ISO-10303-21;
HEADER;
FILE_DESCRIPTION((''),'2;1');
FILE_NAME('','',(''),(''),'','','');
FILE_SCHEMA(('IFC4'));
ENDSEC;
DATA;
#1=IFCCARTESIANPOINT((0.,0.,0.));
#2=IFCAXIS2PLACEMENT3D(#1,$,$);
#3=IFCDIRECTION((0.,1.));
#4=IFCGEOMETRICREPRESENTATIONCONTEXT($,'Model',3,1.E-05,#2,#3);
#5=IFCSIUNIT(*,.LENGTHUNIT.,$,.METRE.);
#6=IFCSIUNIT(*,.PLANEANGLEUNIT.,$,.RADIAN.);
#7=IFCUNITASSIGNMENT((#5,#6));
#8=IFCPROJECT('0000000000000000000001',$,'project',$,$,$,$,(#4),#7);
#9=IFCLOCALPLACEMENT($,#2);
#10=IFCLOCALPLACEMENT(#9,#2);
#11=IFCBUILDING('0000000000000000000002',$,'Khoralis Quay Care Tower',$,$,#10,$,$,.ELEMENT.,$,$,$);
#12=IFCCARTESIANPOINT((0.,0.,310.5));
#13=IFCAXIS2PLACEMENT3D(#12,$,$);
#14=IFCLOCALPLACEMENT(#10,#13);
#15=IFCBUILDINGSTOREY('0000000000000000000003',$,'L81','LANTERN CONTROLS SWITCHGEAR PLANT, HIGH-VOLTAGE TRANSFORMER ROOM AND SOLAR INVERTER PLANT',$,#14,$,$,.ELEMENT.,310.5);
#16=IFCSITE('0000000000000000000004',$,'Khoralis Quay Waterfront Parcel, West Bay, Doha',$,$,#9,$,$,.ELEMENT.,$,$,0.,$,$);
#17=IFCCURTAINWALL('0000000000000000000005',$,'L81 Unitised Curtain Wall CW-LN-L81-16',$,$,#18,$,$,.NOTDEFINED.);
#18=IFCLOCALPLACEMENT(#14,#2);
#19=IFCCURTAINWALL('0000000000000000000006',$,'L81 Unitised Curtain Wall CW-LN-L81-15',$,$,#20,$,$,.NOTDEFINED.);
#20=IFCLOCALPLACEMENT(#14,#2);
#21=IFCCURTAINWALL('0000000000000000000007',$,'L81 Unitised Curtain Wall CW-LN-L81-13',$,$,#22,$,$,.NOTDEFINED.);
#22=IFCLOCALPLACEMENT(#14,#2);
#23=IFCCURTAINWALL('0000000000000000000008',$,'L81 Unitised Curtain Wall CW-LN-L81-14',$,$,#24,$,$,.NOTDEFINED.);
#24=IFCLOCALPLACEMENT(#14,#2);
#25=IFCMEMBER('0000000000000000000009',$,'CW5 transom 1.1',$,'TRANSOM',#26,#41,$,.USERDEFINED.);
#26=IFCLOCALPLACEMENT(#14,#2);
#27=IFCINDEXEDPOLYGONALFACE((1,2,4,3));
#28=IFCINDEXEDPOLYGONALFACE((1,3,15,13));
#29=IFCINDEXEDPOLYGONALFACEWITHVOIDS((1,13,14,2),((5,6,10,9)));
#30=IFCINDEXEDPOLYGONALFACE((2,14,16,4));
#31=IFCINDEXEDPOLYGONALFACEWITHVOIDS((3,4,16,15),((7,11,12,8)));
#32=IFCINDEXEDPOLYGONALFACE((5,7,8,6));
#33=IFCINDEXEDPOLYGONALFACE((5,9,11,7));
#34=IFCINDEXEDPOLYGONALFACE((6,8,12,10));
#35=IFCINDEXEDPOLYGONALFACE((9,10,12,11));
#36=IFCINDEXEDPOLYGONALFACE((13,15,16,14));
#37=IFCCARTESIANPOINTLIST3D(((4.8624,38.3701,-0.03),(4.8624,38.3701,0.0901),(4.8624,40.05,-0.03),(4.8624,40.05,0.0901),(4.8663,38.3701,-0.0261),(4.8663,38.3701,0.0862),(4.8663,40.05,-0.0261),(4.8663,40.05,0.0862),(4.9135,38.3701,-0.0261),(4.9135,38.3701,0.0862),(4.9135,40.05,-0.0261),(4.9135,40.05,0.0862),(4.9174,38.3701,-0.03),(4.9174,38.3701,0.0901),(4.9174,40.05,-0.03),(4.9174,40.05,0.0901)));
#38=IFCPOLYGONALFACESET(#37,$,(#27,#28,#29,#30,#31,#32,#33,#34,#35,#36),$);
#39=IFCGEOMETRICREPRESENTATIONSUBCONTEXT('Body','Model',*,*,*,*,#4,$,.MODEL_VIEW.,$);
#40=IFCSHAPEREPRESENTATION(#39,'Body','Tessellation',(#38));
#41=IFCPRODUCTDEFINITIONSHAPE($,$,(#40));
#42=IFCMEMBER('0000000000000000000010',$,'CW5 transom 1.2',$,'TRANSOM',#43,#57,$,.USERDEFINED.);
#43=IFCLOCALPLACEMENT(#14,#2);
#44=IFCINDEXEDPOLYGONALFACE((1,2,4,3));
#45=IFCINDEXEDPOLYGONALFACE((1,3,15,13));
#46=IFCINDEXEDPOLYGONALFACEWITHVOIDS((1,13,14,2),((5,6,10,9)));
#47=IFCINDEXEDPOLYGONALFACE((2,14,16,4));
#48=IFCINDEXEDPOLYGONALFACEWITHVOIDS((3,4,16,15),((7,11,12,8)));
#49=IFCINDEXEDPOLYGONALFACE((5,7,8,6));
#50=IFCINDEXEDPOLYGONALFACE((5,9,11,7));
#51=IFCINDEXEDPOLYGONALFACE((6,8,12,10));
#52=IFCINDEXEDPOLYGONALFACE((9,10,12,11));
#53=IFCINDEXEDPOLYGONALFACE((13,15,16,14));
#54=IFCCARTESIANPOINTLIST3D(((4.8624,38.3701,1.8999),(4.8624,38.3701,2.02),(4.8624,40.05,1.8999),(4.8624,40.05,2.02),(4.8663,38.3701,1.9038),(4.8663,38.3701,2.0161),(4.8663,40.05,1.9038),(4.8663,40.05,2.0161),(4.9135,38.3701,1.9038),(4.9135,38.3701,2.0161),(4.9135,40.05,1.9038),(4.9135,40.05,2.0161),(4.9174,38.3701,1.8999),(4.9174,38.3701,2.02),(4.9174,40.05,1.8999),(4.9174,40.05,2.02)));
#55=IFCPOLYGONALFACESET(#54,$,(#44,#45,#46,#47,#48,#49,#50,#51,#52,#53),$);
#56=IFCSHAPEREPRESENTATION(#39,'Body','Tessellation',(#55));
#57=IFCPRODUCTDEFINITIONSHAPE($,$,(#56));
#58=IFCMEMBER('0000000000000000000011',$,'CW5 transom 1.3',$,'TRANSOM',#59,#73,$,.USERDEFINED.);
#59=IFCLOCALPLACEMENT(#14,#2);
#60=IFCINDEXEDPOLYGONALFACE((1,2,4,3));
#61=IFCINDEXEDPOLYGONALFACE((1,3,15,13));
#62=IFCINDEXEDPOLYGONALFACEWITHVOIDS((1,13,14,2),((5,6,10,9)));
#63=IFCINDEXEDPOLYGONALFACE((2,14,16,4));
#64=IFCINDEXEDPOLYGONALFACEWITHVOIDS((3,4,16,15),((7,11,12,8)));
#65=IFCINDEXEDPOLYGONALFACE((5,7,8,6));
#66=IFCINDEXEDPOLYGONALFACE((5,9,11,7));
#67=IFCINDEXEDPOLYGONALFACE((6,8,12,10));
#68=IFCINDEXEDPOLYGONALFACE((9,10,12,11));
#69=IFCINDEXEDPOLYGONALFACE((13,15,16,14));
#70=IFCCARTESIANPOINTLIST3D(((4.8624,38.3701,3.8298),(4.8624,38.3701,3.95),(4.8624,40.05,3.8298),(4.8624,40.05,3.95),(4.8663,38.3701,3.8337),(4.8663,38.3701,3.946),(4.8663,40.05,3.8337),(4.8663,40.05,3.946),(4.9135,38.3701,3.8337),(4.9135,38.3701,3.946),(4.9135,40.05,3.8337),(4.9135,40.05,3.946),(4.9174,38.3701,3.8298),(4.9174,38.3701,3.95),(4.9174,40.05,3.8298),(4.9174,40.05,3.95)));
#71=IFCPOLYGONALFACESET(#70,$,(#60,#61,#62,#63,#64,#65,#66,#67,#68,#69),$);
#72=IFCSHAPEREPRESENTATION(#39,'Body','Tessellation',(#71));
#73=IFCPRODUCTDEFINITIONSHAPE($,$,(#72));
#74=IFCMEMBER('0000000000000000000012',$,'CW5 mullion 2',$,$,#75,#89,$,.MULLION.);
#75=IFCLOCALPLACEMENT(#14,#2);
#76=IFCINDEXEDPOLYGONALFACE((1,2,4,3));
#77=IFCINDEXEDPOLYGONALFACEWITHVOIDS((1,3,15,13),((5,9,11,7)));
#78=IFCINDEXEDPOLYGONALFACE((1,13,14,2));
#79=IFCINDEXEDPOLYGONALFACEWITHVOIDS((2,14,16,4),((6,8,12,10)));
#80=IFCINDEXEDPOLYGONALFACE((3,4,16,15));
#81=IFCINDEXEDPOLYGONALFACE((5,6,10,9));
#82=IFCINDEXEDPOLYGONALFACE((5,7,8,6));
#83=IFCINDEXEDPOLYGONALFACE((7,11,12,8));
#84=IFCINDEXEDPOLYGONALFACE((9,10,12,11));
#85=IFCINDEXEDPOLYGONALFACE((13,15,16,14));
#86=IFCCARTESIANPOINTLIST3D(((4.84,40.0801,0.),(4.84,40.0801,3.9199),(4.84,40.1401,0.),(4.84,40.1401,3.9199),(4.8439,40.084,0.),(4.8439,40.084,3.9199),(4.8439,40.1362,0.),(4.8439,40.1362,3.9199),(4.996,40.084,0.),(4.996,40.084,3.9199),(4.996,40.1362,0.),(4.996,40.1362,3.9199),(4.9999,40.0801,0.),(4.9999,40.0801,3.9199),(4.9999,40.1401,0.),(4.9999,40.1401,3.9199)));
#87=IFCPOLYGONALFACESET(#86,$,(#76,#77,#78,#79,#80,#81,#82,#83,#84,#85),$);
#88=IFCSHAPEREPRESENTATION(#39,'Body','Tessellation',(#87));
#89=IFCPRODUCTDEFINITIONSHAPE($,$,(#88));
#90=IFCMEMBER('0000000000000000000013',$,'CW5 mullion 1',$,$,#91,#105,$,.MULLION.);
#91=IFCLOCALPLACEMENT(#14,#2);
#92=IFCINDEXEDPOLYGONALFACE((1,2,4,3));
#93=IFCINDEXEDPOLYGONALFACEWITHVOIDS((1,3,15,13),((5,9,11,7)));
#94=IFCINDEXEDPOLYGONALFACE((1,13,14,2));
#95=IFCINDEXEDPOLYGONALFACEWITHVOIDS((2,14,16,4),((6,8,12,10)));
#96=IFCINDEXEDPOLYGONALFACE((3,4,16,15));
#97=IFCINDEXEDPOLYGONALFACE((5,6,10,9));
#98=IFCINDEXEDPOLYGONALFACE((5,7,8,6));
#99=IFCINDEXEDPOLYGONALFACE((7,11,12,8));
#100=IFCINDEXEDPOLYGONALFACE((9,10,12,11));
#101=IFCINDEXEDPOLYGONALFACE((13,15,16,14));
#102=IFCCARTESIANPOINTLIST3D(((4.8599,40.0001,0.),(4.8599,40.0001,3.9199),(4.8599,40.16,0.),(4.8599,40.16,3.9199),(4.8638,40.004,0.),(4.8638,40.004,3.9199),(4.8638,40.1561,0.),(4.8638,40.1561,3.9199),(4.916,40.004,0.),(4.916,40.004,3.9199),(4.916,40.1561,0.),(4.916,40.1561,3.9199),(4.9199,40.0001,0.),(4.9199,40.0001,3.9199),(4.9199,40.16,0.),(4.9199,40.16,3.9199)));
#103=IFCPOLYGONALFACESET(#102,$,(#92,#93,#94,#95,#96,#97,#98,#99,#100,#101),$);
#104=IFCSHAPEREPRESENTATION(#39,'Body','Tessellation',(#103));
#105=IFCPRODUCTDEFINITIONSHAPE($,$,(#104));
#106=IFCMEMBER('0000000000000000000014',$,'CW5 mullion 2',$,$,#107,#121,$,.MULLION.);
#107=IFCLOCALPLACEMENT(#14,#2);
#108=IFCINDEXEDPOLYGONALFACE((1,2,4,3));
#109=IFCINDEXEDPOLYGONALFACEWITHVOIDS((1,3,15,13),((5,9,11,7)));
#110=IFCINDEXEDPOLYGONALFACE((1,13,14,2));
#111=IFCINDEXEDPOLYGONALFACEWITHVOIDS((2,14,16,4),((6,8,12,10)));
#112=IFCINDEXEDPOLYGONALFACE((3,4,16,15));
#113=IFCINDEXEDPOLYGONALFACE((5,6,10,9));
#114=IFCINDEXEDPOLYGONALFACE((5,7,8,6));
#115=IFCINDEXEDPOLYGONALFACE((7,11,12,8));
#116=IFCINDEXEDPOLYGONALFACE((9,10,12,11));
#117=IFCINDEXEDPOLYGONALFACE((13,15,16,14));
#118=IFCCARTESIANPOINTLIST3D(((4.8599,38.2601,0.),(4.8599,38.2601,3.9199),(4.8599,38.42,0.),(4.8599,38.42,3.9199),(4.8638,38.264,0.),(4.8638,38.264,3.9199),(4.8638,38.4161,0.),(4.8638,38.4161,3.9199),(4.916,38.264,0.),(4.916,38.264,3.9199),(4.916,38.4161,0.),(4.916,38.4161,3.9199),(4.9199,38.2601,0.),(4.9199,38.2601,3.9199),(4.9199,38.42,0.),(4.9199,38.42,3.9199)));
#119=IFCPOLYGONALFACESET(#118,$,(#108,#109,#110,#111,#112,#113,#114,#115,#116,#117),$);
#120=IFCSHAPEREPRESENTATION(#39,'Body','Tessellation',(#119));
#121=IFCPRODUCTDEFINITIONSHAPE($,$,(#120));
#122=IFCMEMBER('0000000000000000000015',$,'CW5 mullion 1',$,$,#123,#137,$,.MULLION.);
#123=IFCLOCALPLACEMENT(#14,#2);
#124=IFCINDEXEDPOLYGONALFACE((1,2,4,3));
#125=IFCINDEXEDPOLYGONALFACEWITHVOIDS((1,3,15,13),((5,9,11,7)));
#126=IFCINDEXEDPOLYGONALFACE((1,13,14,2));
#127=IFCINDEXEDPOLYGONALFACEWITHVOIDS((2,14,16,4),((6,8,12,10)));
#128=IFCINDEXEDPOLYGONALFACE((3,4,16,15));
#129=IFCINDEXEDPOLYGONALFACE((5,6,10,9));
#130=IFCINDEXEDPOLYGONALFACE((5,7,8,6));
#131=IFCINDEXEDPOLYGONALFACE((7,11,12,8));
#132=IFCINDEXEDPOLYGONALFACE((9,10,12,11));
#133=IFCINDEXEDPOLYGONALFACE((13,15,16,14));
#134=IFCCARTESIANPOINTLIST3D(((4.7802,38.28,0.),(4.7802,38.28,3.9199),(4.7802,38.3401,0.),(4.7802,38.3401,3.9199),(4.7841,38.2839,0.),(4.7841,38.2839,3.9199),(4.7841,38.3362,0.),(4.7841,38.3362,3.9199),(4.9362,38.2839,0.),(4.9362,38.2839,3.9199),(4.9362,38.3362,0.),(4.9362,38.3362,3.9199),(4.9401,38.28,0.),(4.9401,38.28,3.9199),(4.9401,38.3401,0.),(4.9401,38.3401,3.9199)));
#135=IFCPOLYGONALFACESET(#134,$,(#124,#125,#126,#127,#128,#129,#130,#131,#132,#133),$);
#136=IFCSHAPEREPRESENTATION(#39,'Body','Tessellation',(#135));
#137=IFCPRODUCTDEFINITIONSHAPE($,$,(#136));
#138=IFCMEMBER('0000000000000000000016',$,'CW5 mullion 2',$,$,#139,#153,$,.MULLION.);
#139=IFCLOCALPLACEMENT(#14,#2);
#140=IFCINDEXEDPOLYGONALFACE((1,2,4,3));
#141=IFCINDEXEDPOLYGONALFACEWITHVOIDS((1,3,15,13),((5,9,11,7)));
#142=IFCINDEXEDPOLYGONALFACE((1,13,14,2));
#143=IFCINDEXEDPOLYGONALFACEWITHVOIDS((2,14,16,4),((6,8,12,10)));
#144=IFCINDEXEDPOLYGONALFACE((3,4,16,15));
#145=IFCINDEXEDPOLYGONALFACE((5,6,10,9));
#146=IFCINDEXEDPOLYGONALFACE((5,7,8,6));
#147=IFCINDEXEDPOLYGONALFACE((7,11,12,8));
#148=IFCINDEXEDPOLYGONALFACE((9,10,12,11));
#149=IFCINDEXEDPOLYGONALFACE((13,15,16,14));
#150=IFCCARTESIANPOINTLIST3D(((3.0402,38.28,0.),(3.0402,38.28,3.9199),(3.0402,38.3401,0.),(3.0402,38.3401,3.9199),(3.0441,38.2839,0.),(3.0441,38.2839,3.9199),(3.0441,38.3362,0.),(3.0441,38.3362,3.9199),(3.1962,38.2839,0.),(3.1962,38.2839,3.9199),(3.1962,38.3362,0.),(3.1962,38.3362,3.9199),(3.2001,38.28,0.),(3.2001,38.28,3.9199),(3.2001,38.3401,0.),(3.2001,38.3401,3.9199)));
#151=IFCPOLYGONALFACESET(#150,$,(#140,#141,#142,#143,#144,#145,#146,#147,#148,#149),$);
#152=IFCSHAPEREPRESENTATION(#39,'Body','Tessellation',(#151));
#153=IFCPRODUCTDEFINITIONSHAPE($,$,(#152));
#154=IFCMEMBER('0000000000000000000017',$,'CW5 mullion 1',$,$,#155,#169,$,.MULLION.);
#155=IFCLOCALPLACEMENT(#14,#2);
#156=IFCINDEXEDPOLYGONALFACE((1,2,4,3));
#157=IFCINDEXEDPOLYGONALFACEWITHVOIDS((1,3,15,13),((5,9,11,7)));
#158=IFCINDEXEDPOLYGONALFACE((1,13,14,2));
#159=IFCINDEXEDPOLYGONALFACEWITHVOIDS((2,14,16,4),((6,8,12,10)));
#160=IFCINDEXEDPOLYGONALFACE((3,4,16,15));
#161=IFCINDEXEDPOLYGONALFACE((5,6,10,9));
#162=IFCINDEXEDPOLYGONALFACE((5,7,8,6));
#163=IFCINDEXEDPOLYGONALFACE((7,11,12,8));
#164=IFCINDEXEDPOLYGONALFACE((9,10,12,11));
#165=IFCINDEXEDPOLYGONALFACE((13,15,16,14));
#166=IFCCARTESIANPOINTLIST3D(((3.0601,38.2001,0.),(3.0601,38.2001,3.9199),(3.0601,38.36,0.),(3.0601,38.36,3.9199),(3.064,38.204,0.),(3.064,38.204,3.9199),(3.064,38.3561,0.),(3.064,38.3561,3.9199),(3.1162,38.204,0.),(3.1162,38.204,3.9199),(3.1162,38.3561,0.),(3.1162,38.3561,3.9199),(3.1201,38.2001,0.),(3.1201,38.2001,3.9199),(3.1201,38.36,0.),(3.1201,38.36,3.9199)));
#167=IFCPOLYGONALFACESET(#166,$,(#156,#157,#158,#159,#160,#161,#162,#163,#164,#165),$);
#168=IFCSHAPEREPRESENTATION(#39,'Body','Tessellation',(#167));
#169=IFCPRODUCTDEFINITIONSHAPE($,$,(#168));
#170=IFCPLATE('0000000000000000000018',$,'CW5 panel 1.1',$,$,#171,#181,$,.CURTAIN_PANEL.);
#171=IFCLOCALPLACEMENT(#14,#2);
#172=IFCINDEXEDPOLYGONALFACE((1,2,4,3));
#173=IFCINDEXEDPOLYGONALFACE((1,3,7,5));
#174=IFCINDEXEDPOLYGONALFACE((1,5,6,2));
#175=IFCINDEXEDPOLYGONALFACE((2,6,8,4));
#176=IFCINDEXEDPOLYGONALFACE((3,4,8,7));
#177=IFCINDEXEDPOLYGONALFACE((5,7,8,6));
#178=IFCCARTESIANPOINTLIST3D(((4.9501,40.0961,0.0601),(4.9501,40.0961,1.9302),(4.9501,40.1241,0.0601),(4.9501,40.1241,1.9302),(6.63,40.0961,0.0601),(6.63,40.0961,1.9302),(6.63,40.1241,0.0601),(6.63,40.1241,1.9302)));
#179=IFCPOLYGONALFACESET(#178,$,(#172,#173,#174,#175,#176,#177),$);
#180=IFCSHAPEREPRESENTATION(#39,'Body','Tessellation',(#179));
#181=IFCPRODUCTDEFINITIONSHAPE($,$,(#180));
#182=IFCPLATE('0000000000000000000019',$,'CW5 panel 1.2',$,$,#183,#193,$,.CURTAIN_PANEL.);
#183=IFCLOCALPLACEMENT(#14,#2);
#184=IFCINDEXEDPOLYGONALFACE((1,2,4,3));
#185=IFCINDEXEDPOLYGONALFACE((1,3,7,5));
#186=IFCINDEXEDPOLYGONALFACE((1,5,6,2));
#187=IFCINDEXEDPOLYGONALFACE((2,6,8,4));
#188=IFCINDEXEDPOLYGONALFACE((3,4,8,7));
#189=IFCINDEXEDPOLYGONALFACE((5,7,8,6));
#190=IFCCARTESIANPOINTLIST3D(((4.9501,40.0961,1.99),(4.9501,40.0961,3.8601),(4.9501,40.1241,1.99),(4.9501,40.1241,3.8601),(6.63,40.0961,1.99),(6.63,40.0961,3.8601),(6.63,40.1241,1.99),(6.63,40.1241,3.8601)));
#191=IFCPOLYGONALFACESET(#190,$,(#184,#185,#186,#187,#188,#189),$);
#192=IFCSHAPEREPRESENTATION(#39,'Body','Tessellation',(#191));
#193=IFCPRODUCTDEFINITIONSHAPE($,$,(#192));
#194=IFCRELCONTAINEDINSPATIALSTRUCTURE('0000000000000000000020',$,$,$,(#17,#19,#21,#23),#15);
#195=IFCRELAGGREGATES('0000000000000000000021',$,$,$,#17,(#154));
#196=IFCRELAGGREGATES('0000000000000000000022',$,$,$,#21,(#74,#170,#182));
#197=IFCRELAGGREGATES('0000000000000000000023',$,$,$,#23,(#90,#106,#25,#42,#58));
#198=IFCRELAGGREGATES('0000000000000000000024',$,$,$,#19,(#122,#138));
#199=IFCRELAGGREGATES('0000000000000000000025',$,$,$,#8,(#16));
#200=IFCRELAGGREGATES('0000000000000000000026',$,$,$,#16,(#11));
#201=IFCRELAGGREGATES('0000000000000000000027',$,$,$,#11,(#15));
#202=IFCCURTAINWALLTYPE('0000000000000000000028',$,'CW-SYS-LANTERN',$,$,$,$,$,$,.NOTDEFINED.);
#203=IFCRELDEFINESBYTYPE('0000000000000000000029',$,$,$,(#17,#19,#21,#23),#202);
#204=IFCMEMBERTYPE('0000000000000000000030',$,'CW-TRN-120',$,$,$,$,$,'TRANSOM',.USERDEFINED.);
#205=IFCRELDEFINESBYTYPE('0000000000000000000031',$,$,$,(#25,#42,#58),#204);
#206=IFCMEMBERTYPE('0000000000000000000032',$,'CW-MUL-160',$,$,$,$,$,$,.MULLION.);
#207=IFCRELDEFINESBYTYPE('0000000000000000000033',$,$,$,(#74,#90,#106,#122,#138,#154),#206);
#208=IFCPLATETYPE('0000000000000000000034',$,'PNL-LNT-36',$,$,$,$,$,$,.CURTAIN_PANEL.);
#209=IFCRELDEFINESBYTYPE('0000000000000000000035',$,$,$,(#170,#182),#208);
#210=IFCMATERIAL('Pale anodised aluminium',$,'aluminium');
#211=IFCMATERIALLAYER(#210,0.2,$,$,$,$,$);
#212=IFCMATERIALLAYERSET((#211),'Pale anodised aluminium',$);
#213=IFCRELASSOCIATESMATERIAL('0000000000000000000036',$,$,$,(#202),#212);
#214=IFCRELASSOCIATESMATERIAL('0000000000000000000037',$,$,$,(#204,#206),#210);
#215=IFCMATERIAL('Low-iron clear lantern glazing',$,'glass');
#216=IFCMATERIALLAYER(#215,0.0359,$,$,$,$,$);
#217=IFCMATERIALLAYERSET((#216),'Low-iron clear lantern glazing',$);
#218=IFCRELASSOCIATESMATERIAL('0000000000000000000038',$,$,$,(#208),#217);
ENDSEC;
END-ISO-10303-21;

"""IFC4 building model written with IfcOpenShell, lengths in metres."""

from ifc_helpers import new_model, si_unit, direction, frame, origin, origin_2d, place, context, subcontext, project, spatial, rectangle, hollow_rectangle, extrude, source, transform, mapped, material, layer, layer_set, material_profile, profile_set, type_object, element, aggregate, save


model = new_model("IFC4")

# Units and contexts
model_context = context("Model", 3, precision=1e-05, world=origin(), true_north=direction((0.0, 1.0)))
body_context = subcontext(model_context, "Body", "Model", "MODEL_VIEW")
ifc_project = project(units=[si_unit("LENGTHUNIT", "METRE"), si_unit("PLANEANGLEUNIT", "RADIAN")], contexts=[model_context])

# Site, building, storey
site_placement = place(None, origin())
site = spatial("IfcSite", under=ifc_project, at=site_placement, Name="Khoralis Quay Waterfront Parcel, West Bay, Doha", CompositionType="ELEMENT", RefElevation=0.0)
building_placement = place(site_placement, origin())
building = spatial("IfcBuilding", under=site, at=building_placement, Name="Khoralis Quay Care Tower", CompositionType="ELEMENT")
storey_placement = place(building_placement, frame((0.0, 0.0, 310.5)))
storey = spatial("IfcBuildingStorey", under=building, at=storey_placement, Name="L81", Description="LANTERN CONTROLS SWITCHGEAR PLANT, HIGH-VOLTAGE TRANSFORMER ROOM AND SOLAR INVERTER PLANT", CompositionType="ELEMENT", Elevation=310.5)

# Curtain walls, members
ifc_material_1 = material(Name="Pale anodised aluminium", Category="aluminium")
ifc_layer_1 = layer(ifc_material_1, 0.2)
ifc_layer_set_1 = layer_set([ifc_layer_1], Name="Pale anodised aluminium")
curtain_wall_type = type_object("IfcCurtainWallType", Name="CW-SYS-LANTERN", PredefinedType="NOTDEFINED", material=ifc_layer_set_1)
curtain_wall_1_placement = place(storey_placement, origin())
curtain_wall_1 = element("IfcCurtainWall", 1, at=curtain_wall_1_placement, inside=storey, type_object=curtain_wall_type, Name="L81 Unitised Curtain Wall CW-LN-L81-16", PredefinedType="NOTDEFINED")
ifc_material_profile_1 = material_profile(ifc_material_1, hollow_rectangle(XDim=0.0549, YDim=0.1201, WallThickness=0.0039, at=origin_2d()), Name="Pale anodised aluminium")
ifc_profile_set_1 = profile_set([ifc_material_profile_1], Name="Pale anodised aluminium")
member_type_1 = type_object("IfcMemberType", Name="CW-TRN-120", ElementType="TRANSOM", PredefinedType="USERDEFINED", material=ifc_profile_set_1)
curtain_wall_2_placement = place(storey_placement, origin())
curtain_wall_2 = element("IfcCurtainWall", 2, at=curtain_wall_2_placement, inside=storey, type_object=curtain_wall_type, Name="L81 Unitised Curtain Wall CW-LN-L81-15", PredefinedType="NOTDEFINED")
curtain_wall_3_placement = place(storey_placement, origin())
curtain_wall_3 = element("IfcCurtainWall", 3, at=curtain_wall_3_placement, inside=storey, type_object=curtain_wall_type, Name="L81 Unitised Curtain Wall CW-LN-L81-13", PredefinedType="NOTDEFINED")
shared_shape_1 = source(origin(), body_context, "Body", "SweptSolid", [
    extrude(hollow_rectangle(XDim=0.0549, YDim=0.1201, WallThickness=0.0039, at=origin_2d()), origin(), (0.0, 0.0, 1.0), 1.6799),
])
curtain_wall_4_placement = place(storey_placement, origin())
curtain_wall_4 = element("IfcCurtainWall", 4, at=curtain_wall_4_placement, inside=storey, type_object=curtain_wall_type, Name="L81 Unitised Curtain Wall CW-LN-L81-14", PredefinedType="NOTDEFINED")
member_1_placement = place(storey_placement, frame((4.8899, 40.05, 0.03), z_axis=(0.0, -1.0, 0.0), x_axis=(1.0, 0.0, 0.0)))
member_1 = element("IfcMember", 5, at=member_1_placement, type_object=member_type_1, Name="CW5 transom 1.1", ObjectType="TRANSOM", PredefinedType="USERDEFINED", context=body_context, shape_type="MappedRepresentation", body=[
    mapped(shared_shape_1, transform((0.0, 0.0, 0.0), scale=1.0)),
])
member_2_placement = place(storey_placement, frame((4.8899, 40.05, 1.96), z_axis=(0.0, -1.0, 0.0), x_axis=(1.0, 0.0, 0.0)))
member_2 = element("IfcMember", 6, at=member_2_placement, type_object=member_type_1, Name="CW5 transom 1.2", ObjectType="TRANSOM", PredefinedType="USERDEFINED", context=body_context, shape_type="MappedRepresentation", body=[
    mapped(shared_shape_1, transform((0.0, 0.0, 0.0), scale=1.0)),
])
member_3_placement = place(storey_placement, frame((4.8899, 40.05, 3.8899), z_axis=(0.0, -1.0, 0.0), x_axis=(1.0, 0.0, 0.0)))
member_3 = element("IfcMember", 7, at=member_3_placement, type_object=member_type_1, Name="CW5 transom 1.3", ObjectType="TRANSOM", PredefinedType="USERDEFINED", context=body_context, shape_type="MappedRepresentation", body=[
    mapped(shared_shape_1, transform((0.0, 0.0, 0.0), scale=1.0)),
])

# Members
ifc_material_profile_2 = material_profile(ifc_material_1, hollow_rectangle(XDim=0.0601, YDim=0.1599, WallThickness=0.0039, at=origin_2d()), Name="Pale anodised aluminium")
ifc_profile_set_2 = profile_set([ifc_material_profile_2], Name="Pale anodised aluminium")
member_type_2 = type_object("IfcMemberType", Name="CW-MUL-160", PredefinedType="MULLION", material=ifc_profile_set_2)
shared_shape_2 = source(origin(), body_context, "Body", "SweptSolid", [
    extrude(hollow_rectangle(XDim=0.0601, YDim=0.1599, WallThickness=0.0039, at=origin_2d()), origin(), (0.0, 0.0, 1.0), 3.9199),
])
member_4_placement = place(storey_placement, frame((4.9199, 40.1101, 0.0), z_axis=(0.0, 0.0, 1.0), x_axis=(0.0, -1.0, 0.0)))
member_4 = element("IfcMember", 8, at=member_4_placement, type_object=member_type_2, Name="CW5 mullion 2", PredefinedType="MULLION", context=body_context, shape_type="MappedRepresentation", body=[
    mapped(shared_shape_2, transform((0.0, 0.0, 0.0), scale=1.0)),
])
member_5_placement = place(storey_placement, frame((4.8899, 40.0801, 0.0), z_axis=(0.0, 0.0, 1.0), x_axis=(1.0, 0.0, 0.0)))
member_5 = element("IfcMember", 9, at=member_5_placement, type_object=member_type_2, Name="CW5 mullion 1", PredefinedType="MULLION", context=body_context, shape_type="MappedRepresentation", body=[
    mapped(shared_shape_2, transform((0.0, 0.0, 0.0), scale=1.0)),
])
member_6_placement = place(storey_placement, frame((4.8899, 38.3401, 0.0), z_axis=(0.0, 0.0, 1.0), x_axis=(1.0, 0.0, 0.0)))
member_6 = element("IfcMember", 10, at=member_6_placement, type_object=member_type_2, Name="CW5 mullion 2", PredefinedType="MULLION", context=body_context, shape_type="MappedRepresentation", body=[
    mapped(shared_shape_2, transform((0.0, 0.0, 0.0), scale=1.0)),
])
member_7_placement = place(storey_placement, frame((4.8601, 38.3101, 0.0), z_axis=(0.0, 0.0, 1.0), x_axis=(0.0, -1.0, 0.0)))
member_7 = element("IfcMember", 11, at=member_7_placement, type_object=member_type_2, Name="CW5 mullion 1", PredefinedType="MULLION", context=body_context, shape_type="MappedRepresentation", body=[
    mapped(shared_shape_2, transform((0.0, 0.0, 0.0), scale=1.0)),
])
member_8_placement = place(storey_placement, frame((3.1201, 38.3101, 0.0), z_axis=(0.0, 0.0, 1.0), x_axis=(0.0, -1.0, 0.0)))
member_8 = element("IfcMember", 12, at=member_8_placement, type_object=member_type_2, Name="CW5 mullion 2", PredefinedType="MULLION", context=body_context, shape_type="MappedRepresentation", body=[
    mapped(shared_shape_2, transform((0.0, 0.0, 0.0), scale=1.0)),
])
member_9_placement = place(storey_placement, frame((3.0901, 38.28, 0.0), z_axis=(0.0, 0.0, 1.0), x_axis=(1.0, 0.0, 0.0)))
member_9 = element("IfcMember", 13, at=member_9_placement, type_object=member_type_2, Name="CW5 mullion 1", PredefinedType="MULLION", context=body_context, shape_type="MappedRepresentation", body=[
    mapped(shared_shape_2, transform((0.0, 0.0, 0.0), scale=1.0)),
])
aggregate(curtain_wall_1, [member_9])

# Plates
ifc_material_2 = material(Name="Low-iron clear lantern glazing", Category="glass")
ifc_layer_2 = layer(ifc_material_2, 0.0359)
ifc_layer_set_2 = layer_set([ifc_layer_2], Name="Low-iron clear lantern glazing")
plate_type = type_object("IfcPlateType", Name="PNL-LNT-36", PredefinedType="CURTAIN_PANEL", material=ifc_layer_set_2)
shared_shape_3 = source(origin(), body_context, "Body", "SweptSolid", [
    extrude(rectangle(XDim=1.6799, YDim=0.0281, at=origin_2d()), origin(), (0.0, 0.0, 1.0), 1.8701),
])
plate_1_placement = place(storey_placement, frame((5.79, 40.1101, 0.0601), z_axis=(0.0, 0.0, 1.0), x_axis=(-1.0, 0.0, 0.0)))
plate_1 = element("IfcPlate", 14, at=plate_1_placement, type_object=plate_type, Name="CW5 panel 1.1", PredefinedType="CURTAIN_PANEL", context=body_context, shape_type="MappedRepresentation", body=[
    mapped(shared_shape_3, transform((0.0, 0.0, 0.0), scale=1.0)),
])
plate_2_placement = place(storey_placement, frame((5.79, 40.1101, 1.99), z_axis=(0.0, 0.0, 1.0), x_axis=(-1.0, 0.0, 0.0)))
plate_2 = element("IfcPlate", 15, at=plate_2_placement, type_object=plate_type, Name="CW5 panel 1.2", PredefinedType="CURTAIN_PANEL", context=body_context, shape_type="MappedRepresentation", body=[
    mapped(shared_shape_3, transform((0.0, 0.0, 0.0), scale=1.0)),
])
aggregate(curtain_wall_3, [member_4, plate_1, plate_2])
aggregate(curtain_wall_4, [member_5, member_6, member_1, member_2, member_3])
aggregate(curtain_wall_2, [member_7, member_8])

save(model, "model.ifc")
